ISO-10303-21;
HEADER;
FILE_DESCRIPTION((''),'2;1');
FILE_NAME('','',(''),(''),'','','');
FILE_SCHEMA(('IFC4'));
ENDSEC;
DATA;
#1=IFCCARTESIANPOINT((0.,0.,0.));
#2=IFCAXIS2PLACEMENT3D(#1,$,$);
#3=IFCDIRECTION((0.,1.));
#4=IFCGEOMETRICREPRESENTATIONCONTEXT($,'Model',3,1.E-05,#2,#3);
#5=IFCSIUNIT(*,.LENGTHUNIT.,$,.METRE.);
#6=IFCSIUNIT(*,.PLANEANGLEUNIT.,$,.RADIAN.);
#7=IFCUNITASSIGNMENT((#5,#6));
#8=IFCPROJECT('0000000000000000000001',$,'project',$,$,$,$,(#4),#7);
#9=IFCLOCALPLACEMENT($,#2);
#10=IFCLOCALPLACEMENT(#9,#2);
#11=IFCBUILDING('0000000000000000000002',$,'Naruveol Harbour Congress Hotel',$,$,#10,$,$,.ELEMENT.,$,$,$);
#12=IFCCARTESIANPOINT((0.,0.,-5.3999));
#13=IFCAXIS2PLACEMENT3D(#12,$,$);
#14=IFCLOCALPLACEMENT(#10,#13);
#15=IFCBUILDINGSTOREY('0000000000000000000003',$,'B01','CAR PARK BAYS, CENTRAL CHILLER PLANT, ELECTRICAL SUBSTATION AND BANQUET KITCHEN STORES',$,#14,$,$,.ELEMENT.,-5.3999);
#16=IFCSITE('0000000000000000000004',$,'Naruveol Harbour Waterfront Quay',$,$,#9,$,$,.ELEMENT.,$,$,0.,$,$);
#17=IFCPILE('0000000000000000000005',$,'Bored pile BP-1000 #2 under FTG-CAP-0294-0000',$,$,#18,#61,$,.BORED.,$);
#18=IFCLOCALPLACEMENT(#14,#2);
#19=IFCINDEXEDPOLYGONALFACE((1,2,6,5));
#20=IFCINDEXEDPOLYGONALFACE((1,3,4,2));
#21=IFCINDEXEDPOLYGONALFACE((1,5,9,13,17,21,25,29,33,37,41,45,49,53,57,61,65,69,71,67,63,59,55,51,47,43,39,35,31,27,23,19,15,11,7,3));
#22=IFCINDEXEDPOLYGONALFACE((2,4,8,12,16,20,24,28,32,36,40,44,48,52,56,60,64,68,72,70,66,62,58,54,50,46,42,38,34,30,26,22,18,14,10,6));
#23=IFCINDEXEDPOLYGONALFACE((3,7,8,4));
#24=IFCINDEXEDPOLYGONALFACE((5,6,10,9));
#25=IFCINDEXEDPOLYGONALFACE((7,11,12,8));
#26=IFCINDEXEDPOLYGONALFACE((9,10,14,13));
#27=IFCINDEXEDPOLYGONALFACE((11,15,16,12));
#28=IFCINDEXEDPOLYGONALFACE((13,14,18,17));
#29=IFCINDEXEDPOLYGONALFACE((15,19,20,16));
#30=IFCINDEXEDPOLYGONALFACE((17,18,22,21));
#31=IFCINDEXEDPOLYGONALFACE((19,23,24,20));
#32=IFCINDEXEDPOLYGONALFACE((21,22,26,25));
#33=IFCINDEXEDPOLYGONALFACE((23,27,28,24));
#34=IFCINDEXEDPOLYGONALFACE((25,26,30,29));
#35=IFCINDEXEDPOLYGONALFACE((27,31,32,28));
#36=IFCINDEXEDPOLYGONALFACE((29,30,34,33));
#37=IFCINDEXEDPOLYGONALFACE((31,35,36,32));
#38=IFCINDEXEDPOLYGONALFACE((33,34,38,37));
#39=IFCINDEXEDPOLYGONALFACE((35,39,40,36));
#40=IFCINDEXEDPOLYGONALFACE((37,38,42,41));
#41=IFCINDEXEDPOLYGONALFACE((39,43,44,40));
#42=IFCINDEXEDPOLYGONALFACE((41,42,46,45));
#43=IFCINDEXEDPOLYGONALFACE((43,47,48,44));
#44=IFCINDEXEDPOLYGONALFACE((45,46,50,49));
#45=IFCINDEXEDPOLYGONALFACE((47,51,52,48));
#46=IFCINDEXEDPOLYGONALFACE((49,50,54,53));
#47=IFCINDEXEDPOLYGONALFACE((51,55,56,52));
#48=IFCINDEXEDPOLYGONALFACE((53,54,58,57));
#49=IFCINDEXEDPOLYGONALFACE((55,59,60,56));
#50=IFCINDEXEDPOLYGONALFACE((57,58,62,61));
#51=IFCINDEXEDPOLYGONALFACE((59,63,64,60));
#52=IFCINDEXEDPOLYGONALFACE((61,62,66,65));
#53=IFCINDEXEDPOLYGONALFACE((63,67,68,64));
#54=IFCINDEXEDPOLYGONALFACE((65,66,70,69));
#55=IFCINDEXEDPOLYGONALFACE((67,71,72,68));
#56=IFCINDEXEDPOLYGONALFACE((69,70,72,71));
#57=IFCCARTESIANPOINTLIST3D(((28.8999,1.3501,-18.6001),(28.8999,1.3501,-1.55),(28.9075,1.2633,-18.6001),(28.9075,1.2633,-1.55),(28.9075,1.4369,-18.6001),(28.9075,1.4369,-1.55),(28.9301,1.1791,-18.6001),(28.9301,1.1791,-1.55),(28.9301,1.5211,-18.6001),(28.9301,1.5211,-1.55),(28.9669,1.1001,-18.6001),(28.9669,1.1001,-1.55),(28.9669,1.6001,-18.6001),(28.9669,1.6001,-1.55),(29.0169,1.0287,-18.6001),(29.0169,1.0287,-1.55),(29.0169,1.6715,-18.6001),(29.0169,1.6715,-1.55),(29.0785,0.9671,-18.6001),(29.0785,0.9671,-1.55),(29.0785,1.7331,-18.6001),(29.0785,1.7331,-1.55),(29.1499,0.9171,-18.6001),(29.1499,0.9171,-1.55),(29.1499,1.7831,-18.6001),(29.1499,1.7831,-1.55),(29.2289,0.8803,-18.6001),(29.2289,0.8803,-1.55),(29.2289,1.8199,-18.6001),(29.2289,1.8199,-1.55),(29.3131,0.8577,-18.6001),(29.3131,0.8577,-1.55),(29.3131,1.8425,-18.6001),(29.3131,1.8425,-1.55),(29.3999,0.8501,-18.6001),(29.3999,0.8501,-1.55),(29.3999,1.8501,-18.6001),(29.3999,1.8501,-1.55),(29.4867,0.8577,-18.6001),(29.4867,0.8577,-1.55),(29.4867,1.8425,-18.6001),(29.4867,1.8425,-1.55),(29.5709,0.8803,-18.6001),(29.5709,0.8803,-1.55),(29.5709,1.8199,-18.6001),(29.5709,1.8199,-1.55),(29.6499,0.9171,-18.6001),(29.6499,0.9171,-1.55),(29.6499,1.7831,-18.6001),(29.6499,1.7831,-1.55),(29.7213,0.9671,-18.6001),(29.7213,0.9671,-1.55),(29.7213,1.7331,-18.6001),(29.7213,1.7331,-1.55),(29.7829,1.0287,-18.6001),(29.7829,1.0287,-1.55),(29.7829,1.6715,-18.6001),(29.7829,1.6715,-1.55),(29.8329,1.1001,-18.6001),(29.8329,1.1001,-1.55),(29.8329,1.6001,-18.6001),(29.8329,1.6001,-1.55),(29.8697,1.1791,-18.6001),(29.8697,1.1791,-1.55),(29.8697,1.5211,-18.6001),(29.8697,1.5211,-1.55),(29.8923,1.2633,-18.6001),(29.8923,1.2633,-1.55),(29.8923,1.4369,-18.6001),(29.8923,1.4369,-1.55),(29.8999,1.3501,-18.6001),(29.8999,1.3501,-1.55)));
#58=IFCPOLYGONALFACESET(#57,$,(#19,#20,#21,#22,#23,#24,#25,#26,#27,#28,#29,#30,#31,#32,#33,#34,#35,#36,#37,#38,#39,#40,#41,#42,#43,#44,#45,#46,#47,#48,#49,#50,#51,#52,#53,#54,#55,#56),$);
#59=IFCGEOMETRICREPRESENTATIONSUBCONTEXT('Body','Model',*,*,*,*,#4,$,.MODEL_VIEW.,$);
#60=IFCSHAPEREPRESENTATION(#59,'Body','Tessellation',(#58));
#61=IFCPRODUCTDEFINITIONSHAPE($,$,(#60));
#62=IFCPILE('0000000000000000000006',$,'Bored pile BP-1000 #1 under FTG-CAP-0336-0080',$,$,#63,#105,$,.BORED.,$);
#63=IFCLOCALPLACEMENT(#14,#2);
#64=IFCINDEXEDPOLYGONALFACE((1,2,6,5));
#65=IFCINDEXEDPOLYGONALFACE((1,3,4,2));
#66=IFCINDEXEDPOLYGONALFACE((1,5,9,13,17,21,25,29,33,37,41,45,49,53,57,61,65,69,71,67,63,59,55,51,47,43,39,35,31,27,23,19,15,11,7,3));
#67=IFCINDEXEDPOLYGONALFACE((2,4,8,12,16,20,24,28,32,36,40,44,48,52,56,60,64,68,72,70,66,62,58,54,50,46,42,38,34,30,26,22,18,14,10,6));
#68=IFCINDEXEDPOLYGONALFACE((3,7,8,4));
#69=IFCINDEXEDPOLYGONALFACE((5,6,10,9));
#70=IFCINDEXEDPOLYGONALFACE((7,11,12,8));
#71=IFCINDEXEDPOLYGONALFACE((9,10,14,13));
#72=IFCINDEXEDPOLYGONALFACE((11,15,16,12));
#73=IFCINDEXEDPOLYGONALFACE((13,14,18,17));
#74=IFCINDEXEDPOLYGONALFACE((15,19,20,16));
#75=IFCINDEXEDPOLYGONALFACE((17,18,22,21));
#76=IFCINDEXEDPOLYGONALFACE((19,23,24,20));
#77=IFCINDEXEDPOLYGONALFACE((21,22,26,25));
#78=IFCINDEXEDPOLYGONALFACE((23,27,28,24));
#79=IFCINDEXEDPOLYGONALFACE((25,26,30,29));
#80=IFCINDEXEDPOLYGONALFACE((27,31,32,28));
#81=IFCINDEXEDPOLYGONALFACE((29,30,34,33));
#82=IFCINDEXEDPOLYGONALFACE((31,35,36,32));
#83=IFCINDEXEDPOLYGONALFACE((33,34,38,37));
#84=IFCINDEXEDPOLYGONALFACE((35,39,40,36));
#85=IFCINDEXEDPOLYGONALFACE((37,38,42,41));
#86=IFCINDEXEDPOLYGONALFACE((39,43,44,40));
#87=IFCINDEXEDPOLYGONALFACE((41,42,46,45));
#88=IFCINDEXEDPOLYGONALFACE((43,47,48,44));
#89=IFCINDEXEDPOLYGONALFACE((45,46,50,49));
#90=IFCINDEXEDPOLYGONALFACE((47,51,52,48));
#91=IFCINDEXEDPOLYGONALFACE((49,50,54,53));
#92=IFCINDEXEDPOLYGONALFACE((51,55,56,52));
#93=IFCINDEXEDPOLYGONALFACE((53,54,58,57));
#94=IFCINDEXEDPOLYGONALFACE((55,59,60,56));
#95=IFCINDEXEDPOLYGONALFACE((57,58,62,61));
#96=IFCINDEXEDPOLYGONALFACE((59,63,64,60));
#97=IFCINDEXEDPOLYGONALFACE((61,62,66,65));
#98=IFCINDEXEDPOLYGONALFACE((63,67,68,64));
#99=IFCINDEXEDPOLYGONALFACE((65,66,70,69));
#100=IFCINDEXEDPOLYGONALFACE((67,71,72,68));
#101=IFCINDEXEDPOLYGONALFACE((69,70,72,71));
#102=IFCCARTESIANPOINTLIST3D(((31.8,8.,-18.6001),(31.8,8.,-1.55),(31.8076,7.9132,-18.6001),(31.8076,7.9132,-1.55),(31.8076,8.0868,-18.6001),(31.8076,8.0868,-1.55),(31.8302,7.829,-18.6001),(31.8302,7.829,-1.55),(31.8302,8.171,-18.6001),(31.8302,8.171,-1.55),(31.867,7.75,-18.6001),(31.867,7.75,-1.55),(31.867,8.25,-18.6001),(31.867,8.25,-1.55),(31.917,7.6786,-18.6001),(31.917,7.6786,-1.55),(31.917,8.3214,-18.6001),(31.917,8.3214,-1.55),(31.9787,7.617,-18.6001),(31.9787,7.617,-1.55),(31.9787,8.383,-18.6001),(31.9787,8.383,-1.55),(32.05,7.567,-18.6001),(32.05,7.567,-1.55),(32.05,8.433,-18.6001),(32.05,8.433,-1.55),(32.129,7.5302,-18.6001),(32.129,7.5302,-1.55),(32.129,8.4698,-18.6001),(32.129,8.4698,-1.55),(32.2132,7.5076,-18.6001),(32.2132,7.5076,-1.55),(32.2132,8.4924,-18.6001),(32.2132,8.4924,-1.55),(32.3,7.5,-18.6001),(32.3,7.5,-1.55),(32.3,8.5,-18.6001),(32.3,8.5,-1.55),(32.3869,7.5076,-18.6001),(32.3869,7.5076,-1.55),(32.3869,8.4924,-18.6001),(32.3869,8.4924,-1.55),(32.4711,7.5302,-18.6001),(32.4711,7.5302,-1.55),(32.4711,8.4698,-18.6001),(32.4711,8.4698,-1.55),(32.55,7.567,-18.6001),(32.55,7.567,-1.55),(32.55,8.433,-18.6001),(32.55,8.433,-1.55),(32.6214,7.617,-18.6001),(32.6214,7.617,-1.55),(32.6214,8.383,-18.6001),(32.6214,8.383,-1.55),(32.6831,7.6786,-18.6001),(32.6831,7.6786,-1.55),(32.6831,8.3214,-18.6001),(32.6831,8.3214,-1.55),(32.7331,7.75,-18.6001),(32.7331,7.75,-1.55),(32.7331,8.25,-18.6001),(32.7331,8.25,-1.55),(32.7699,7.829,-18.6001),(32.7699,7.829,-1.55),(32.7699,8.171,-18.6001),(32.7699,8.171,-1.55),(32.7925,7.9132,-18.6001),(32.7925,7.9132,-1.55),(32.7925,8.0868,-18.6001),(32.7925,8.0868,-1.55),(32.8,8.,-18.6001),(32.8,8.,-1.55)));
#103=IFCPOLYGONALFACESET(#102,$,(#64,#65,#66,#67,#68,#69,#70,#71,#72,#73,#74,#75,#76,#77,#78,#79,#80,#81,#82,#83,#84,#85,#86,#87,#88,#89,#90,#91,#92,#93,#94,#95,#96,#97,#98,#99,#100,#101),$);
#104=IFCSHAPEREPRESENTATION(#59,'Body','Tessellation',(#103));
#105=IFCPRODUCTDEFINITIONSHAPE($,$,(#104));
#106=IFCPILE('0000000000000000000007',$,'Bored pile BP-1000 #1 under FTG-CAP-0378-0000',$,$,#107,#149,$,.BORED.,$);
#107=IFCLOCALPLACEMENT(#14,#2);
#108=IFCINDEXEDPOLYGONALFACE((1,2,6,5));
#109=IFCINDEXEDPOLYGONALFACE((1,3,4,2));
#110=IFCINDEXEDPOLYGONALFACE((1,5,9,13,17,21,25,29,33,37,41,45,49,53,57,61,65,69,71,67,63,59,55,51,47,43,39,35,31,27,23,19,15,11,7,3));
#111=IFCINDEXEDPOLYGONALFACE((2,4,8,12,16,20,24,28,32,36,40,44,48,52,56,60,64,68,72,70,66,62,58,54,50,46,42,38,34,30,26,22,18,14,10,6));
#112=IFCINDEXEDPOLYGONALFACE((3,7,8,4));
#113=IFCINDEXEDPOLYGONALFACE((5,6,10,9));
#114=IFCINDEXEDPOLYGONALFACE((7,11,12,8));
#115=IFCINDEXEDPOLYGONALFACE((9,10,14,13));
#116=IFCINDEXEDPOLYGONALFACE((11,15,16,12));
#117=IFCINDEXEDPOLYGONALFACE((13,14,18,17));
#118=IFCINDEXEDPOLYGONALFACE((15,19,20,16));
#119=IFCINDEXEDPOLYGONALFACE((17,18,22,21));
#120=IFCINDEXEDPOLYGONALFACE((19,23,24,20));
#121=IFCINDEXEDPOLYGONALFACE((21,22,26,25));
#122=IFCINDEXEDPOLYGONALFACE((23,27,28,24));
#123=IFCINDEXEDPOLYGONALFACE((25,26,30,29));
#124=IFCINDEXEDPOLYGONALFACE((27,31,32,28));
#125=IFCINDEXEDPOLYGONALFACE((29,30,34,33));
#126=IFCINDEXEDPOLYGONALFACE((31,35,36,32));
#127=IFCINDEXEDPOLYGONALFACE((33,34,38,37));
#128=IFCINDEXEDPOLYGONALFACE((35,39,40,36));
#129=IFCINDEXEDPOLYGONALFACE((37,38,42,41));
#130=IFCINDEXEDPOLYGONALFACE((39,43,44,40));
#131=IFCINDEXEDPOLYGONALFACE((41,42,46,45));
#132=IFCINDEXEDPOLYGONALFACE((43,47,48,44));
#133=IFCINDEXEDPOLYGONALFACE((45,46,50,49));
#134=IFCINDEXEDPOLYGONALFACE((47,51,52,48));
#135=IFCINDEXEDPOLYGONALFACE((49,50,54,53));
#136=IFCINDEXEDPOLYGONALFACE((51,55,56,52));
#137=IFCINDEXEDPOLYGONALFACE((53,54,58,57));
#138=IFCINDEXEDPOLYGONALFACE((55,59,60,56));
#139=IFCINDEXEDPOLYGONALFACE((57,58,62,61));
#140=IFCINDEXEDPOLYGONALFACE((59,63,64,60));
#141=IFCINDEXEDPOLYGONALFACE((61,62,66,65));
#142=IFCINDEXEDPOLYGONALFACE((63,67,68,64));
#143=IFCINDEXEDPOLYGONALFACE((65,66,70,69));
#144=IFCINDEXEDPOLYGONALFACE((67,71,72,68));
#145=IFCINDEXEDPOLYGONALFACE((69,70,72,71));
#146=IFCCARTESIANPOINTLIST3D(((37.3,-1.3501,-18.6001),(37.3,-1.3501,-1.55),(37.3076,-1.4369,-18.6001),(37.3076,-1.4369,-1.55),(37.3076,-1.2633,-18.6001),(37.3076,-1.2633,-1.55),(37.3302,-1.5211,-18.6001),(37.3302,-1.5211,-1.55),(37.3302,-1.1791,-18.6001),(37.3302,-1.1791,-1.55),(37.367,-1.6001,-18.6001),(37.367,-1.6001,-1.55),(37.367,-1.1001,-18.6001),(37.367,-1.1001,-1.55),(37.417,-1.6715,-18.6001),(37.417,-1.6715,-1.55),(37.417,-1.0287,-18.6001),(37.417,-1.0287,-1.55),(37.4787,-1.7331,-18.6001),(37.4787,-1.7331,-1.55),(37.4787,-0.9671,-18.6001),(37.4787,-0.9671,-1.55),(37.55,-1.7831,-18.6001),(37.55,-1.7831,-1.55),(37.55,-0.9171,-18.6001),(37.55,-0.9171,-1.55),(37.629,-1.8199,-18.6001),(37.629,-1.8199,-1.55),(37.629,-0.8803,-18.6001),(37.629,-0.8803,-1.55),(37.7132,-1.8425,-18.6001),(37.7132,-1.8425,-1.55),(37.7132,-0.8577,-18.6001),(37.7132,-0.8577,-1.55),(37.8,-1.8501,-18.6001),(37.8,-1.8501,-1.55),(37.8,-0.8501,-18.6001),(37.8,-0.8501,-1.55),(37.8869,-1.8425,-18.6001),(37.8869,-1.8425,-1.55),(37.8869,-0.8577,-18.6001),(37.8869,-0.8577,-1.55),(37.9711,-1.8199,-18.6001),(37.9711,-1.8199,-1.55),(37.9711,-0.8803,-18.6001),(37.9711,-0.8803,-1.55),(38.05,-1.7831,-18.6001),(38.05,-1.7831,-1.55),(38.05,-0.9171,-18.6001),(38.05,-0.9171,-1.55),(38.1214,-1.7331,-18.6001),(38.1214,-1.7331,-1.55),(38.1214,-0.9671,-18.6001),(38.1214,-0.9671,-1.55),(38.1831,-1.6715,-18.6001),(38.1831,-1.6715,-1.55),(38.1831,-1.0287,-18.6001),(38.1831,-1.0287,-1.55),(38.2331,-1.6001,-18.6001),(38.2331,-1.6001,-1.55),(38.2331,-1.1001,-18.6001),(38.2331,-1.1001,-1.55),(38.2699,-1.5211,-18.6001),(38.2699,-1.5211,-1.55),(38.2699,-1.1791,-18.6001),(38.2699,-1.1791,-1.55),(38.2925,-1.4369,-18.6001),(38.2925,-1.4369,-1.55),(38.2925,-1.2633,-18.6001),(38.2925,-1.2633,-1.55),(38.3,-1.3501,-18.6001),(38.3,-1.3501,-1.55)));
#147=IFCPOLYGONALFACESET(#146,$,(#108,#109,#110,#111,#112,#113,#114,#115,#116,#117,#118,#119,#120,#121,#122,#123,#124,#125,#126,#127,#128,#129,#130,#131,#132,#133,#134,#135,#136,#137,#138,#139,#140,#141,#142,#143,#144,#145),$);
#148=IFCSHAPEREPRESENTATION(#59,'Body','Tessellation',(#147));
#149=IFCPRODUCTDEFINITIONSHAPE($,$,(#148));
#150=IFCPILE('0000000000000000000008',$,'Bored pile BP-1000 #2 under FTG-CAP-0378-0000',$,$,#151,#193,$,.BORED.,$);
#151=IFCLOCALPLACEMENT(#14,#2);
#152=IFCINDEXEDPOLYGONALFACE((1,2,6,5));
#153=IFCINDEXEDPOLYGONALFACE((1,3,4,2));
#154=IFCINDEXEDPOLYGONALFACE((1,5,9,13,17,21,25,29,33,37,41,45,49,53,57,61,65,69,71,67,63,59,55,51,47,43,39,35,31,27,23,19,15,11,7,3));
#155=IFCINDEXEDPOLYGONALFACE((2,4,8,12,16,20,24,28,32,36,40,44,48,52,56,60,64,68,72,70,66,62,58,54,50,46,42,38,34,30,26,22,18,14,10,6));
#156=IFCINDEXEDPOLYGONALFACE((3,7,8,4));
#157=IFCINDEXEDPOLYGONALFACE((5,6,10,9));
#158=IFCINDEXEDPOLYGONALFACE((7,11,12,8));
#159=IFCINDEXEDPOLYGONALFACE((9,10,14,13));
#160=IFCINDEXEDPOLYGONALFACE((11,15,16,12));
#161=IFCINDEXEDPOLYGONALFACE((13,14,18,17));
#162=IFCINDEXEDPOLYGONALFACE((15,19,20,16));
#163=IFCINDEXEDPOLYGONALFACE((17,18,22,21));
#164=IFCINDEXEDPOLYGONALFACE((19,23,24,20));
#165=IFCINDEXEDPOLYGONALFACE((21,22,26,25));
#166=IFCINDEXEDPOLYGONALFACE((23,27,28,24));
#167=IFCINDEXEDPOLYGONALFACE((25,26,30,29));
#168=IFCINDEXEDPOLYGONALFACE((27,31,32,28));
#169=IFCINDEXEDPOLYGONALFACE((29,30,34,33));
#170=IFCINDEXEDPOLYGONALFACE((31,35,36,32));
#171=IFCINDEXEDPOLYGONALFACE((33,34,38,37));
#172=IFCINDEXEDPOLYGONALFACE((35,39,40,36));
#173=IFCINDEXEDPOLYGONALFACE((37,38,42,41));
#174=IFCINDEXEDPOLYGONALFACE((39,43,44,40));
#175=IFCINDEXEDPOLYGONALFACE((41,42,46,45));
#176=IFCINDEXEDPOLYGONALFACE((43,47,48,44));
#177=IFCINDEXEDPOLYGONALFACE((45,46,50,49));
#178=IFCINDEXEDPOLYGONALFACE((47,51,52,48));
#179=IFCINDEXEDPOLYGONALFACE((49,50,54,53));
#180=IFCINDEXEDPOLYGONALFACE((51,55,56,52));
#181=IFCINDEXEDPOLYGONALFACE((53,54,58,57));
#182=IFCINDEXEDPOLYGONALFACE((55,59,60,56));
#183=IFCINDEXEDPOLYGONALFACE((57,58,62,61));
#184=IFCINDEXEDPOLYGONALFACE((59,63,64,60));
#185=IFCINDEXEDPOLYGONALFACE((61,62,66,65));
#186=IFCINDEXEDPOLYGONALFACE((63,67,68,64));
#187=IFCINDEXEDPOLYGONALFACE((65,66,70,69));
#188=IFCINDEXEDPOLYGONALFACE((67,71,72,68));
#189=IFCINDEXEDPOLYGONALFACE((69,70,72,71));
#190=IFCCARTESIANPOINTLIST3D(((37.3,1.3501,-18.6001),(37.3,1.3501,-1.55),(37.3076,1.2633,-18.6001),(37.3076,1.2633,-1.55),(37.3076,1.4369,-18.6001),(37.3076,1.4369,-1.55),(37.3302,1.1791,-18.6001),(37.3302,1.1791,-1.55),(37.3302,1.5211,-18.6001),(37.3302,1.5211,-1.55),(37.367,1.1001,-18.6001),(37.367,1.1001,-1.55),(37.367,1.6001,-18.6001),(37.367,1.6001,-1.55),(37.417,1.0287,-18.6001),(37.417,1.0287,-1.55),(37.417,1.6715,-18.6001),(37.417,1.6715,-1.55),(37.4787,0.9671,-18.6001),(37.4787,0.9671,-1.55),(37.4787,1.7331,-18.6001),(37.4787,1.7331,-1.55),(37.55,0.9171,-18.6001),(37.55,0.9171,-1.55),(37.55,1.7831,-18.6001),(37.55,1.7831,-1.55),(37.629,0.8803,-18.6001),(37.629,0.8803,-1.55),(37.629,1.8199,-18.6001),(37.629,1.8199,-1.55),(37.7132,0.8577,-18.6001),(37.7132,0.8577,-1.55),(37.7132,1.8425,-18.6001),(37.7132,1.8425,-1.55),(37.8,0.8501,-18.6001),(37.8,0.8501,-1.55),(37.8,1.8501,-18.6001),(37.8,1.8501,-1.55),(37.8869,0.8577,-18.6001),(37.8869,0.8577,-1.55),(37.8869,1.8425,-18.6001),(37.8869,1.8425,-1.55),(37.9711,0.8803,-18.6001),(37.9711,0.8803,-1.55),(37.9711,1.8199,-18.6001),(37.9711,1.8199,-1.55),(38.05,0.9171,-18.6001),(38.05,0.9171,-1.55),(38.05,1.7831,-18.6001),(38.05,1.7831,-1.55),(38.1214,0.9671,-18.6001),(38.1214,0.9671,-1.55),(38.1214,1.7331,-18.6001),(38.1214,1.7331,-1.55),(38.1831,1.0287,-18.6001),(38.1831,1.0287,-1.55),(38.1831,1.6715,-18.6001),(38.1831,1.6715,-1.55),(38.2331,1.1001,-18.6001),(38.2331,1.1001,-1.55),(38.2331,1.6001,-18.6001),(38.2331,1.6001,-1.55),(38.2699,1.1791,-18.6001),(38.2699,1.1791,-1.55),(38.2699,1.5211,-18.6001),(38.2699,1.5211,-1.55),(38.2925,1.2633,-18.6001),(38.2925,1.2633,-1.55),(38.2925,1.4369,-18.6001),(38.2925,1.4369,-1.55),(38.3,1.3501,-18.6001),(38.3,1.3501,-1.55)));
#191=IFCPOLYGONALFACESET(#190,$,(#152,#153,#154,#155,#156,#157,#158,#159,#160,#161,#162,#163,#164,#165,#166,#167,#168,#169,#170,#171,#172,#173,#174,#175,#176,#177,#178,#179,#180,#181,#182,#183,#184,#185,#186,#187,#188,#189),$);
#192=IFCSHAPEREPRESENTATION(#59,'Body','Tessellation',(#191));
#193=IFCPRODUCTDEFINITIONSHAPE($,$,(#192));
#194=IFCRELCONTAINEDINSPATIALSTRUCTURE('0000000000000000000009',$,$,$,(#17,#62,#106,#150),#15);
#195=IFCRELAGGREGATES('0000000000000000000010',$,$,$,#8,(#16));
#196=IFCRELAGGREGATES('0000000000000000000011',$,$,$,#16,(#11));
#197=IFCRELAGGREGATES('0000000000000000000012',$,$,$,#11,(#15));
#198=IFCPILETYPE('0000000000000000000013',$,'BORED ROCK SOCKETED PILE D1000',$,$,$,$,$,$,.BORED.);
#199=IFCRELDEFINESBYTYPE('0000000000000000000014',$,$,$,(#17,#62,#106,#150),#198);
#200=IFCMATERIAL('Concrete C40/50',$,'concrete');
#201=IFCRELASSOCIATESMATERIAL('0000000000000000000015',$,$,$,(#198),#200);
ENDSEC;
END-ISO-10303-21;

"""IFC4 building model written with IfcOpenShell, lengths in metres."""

from ifc_helpers import new_model, si_unit, direction, frame, origin, origin_2d, place, context, subcontext, project, spatial, circle, extrude, material, material_profile, profile_set, type_object, element, save


model = new_model("IFC4")

# Units and contexts
model_context = context("Model", 3, precision=1e-05, world=origin(), true_north=direction((0.0, 1.0)))
body_context = subcontext(model_context, "Body", "Model", "MODEL_VIEW")
ifc_project = project(units=[si_unit("LENGTHUNIT", "METRE"), si_unit("PLANEANGLEUNIT", "RADIAN")], contexts=[model_context])

# Site, building, storey
site_placement = place(None, origin())
site = spatial("IfcSite", under=ifc_project, at=site_placement, Name="Naruveol Harbour Waterfront Quay", CompositionType="ELEMENT", RefElevation=0.0)
building_placement = place(site_placement, origin())
building = spatial("IfcBuilding", under=site, at=building_placement, Name="Naruveol Harbour Congress Hotel", CompositionType="ELEMENT")
storey_placement = place(building_placement, frame((0.0, 0.0, -5.3999)))
storey = spatial("IfcBuildingStorey", under=building, at=storey_placement, Name="B01", Description="CAR PARK BAYS, CENTRAL CHILLER PLANT, ELECTRICAL SUBSTATION AND BANQUET KITCHEN STORES", CompositionType="ELEMENT", Elevation=-5.3999)

# Piles
ifc_material_1 = material(Name="Concrete C40/50", Category="concrete")
ifc_material_profile_1 = material_profile(ifc_material_1, circle(Radius=0.5, at=origin_2d()), Name="BP-1000")
ifc_profile_set_1 = profile_set([ifc_material_profile_1], Name="Concrete C40/50")
pile_type_1 = type_object("IfcPileType", Name="BORED ROCK SOCKETED PILE D1000", PredefinedType="BORED", material=ifc_profile_set_1)
for number, where, z_axis, x_axis, name in (
    (1, (29.3999, 1.3501, -1.55), (0.0, 0.0, -1.0), (1.0, 0.0, 0.0), "Bored pile BP-1000 #2 under FTG-CAP-0294-0000"),
    (2, (32.3, 8.0, -1.55), (0.0, 0.0, -1.0), (1.0, 0.0, 0.0), "Bored pile BP-1000 #1 under FTG-CAP-0336-0080"),
    (3, (37.8, -1.3501, -1.55), (0.0, 0.0, -1.0), (1.0, 0.0, 0.0), "Bored pile BP-1000 #1 under FTG-CAP-0378-0000"),
    (4, (37.8, 1.3501, -1.55), (0.0, 0.0, -1.0), (1.0, 0.0, 0.0), "Bored pile BP-1000 #2 under FTG-CAP-0378-0000"),
):
    element("IfcPile", number, at=place(storey_placement, frame(where, z_axis=z_axis, x_axis=x_axis)), inside=storey, type_object=pile_type_1, Name=name, PredefinedType="BORED", context=body_context, shape_type="SweptSolid", body=[
        extrude(circle(Radius=0.5, at=origin_2d()), origin(), (0.0, 0.0, 1.0), 17.05),
    ])

save(model, "model.ifc")
